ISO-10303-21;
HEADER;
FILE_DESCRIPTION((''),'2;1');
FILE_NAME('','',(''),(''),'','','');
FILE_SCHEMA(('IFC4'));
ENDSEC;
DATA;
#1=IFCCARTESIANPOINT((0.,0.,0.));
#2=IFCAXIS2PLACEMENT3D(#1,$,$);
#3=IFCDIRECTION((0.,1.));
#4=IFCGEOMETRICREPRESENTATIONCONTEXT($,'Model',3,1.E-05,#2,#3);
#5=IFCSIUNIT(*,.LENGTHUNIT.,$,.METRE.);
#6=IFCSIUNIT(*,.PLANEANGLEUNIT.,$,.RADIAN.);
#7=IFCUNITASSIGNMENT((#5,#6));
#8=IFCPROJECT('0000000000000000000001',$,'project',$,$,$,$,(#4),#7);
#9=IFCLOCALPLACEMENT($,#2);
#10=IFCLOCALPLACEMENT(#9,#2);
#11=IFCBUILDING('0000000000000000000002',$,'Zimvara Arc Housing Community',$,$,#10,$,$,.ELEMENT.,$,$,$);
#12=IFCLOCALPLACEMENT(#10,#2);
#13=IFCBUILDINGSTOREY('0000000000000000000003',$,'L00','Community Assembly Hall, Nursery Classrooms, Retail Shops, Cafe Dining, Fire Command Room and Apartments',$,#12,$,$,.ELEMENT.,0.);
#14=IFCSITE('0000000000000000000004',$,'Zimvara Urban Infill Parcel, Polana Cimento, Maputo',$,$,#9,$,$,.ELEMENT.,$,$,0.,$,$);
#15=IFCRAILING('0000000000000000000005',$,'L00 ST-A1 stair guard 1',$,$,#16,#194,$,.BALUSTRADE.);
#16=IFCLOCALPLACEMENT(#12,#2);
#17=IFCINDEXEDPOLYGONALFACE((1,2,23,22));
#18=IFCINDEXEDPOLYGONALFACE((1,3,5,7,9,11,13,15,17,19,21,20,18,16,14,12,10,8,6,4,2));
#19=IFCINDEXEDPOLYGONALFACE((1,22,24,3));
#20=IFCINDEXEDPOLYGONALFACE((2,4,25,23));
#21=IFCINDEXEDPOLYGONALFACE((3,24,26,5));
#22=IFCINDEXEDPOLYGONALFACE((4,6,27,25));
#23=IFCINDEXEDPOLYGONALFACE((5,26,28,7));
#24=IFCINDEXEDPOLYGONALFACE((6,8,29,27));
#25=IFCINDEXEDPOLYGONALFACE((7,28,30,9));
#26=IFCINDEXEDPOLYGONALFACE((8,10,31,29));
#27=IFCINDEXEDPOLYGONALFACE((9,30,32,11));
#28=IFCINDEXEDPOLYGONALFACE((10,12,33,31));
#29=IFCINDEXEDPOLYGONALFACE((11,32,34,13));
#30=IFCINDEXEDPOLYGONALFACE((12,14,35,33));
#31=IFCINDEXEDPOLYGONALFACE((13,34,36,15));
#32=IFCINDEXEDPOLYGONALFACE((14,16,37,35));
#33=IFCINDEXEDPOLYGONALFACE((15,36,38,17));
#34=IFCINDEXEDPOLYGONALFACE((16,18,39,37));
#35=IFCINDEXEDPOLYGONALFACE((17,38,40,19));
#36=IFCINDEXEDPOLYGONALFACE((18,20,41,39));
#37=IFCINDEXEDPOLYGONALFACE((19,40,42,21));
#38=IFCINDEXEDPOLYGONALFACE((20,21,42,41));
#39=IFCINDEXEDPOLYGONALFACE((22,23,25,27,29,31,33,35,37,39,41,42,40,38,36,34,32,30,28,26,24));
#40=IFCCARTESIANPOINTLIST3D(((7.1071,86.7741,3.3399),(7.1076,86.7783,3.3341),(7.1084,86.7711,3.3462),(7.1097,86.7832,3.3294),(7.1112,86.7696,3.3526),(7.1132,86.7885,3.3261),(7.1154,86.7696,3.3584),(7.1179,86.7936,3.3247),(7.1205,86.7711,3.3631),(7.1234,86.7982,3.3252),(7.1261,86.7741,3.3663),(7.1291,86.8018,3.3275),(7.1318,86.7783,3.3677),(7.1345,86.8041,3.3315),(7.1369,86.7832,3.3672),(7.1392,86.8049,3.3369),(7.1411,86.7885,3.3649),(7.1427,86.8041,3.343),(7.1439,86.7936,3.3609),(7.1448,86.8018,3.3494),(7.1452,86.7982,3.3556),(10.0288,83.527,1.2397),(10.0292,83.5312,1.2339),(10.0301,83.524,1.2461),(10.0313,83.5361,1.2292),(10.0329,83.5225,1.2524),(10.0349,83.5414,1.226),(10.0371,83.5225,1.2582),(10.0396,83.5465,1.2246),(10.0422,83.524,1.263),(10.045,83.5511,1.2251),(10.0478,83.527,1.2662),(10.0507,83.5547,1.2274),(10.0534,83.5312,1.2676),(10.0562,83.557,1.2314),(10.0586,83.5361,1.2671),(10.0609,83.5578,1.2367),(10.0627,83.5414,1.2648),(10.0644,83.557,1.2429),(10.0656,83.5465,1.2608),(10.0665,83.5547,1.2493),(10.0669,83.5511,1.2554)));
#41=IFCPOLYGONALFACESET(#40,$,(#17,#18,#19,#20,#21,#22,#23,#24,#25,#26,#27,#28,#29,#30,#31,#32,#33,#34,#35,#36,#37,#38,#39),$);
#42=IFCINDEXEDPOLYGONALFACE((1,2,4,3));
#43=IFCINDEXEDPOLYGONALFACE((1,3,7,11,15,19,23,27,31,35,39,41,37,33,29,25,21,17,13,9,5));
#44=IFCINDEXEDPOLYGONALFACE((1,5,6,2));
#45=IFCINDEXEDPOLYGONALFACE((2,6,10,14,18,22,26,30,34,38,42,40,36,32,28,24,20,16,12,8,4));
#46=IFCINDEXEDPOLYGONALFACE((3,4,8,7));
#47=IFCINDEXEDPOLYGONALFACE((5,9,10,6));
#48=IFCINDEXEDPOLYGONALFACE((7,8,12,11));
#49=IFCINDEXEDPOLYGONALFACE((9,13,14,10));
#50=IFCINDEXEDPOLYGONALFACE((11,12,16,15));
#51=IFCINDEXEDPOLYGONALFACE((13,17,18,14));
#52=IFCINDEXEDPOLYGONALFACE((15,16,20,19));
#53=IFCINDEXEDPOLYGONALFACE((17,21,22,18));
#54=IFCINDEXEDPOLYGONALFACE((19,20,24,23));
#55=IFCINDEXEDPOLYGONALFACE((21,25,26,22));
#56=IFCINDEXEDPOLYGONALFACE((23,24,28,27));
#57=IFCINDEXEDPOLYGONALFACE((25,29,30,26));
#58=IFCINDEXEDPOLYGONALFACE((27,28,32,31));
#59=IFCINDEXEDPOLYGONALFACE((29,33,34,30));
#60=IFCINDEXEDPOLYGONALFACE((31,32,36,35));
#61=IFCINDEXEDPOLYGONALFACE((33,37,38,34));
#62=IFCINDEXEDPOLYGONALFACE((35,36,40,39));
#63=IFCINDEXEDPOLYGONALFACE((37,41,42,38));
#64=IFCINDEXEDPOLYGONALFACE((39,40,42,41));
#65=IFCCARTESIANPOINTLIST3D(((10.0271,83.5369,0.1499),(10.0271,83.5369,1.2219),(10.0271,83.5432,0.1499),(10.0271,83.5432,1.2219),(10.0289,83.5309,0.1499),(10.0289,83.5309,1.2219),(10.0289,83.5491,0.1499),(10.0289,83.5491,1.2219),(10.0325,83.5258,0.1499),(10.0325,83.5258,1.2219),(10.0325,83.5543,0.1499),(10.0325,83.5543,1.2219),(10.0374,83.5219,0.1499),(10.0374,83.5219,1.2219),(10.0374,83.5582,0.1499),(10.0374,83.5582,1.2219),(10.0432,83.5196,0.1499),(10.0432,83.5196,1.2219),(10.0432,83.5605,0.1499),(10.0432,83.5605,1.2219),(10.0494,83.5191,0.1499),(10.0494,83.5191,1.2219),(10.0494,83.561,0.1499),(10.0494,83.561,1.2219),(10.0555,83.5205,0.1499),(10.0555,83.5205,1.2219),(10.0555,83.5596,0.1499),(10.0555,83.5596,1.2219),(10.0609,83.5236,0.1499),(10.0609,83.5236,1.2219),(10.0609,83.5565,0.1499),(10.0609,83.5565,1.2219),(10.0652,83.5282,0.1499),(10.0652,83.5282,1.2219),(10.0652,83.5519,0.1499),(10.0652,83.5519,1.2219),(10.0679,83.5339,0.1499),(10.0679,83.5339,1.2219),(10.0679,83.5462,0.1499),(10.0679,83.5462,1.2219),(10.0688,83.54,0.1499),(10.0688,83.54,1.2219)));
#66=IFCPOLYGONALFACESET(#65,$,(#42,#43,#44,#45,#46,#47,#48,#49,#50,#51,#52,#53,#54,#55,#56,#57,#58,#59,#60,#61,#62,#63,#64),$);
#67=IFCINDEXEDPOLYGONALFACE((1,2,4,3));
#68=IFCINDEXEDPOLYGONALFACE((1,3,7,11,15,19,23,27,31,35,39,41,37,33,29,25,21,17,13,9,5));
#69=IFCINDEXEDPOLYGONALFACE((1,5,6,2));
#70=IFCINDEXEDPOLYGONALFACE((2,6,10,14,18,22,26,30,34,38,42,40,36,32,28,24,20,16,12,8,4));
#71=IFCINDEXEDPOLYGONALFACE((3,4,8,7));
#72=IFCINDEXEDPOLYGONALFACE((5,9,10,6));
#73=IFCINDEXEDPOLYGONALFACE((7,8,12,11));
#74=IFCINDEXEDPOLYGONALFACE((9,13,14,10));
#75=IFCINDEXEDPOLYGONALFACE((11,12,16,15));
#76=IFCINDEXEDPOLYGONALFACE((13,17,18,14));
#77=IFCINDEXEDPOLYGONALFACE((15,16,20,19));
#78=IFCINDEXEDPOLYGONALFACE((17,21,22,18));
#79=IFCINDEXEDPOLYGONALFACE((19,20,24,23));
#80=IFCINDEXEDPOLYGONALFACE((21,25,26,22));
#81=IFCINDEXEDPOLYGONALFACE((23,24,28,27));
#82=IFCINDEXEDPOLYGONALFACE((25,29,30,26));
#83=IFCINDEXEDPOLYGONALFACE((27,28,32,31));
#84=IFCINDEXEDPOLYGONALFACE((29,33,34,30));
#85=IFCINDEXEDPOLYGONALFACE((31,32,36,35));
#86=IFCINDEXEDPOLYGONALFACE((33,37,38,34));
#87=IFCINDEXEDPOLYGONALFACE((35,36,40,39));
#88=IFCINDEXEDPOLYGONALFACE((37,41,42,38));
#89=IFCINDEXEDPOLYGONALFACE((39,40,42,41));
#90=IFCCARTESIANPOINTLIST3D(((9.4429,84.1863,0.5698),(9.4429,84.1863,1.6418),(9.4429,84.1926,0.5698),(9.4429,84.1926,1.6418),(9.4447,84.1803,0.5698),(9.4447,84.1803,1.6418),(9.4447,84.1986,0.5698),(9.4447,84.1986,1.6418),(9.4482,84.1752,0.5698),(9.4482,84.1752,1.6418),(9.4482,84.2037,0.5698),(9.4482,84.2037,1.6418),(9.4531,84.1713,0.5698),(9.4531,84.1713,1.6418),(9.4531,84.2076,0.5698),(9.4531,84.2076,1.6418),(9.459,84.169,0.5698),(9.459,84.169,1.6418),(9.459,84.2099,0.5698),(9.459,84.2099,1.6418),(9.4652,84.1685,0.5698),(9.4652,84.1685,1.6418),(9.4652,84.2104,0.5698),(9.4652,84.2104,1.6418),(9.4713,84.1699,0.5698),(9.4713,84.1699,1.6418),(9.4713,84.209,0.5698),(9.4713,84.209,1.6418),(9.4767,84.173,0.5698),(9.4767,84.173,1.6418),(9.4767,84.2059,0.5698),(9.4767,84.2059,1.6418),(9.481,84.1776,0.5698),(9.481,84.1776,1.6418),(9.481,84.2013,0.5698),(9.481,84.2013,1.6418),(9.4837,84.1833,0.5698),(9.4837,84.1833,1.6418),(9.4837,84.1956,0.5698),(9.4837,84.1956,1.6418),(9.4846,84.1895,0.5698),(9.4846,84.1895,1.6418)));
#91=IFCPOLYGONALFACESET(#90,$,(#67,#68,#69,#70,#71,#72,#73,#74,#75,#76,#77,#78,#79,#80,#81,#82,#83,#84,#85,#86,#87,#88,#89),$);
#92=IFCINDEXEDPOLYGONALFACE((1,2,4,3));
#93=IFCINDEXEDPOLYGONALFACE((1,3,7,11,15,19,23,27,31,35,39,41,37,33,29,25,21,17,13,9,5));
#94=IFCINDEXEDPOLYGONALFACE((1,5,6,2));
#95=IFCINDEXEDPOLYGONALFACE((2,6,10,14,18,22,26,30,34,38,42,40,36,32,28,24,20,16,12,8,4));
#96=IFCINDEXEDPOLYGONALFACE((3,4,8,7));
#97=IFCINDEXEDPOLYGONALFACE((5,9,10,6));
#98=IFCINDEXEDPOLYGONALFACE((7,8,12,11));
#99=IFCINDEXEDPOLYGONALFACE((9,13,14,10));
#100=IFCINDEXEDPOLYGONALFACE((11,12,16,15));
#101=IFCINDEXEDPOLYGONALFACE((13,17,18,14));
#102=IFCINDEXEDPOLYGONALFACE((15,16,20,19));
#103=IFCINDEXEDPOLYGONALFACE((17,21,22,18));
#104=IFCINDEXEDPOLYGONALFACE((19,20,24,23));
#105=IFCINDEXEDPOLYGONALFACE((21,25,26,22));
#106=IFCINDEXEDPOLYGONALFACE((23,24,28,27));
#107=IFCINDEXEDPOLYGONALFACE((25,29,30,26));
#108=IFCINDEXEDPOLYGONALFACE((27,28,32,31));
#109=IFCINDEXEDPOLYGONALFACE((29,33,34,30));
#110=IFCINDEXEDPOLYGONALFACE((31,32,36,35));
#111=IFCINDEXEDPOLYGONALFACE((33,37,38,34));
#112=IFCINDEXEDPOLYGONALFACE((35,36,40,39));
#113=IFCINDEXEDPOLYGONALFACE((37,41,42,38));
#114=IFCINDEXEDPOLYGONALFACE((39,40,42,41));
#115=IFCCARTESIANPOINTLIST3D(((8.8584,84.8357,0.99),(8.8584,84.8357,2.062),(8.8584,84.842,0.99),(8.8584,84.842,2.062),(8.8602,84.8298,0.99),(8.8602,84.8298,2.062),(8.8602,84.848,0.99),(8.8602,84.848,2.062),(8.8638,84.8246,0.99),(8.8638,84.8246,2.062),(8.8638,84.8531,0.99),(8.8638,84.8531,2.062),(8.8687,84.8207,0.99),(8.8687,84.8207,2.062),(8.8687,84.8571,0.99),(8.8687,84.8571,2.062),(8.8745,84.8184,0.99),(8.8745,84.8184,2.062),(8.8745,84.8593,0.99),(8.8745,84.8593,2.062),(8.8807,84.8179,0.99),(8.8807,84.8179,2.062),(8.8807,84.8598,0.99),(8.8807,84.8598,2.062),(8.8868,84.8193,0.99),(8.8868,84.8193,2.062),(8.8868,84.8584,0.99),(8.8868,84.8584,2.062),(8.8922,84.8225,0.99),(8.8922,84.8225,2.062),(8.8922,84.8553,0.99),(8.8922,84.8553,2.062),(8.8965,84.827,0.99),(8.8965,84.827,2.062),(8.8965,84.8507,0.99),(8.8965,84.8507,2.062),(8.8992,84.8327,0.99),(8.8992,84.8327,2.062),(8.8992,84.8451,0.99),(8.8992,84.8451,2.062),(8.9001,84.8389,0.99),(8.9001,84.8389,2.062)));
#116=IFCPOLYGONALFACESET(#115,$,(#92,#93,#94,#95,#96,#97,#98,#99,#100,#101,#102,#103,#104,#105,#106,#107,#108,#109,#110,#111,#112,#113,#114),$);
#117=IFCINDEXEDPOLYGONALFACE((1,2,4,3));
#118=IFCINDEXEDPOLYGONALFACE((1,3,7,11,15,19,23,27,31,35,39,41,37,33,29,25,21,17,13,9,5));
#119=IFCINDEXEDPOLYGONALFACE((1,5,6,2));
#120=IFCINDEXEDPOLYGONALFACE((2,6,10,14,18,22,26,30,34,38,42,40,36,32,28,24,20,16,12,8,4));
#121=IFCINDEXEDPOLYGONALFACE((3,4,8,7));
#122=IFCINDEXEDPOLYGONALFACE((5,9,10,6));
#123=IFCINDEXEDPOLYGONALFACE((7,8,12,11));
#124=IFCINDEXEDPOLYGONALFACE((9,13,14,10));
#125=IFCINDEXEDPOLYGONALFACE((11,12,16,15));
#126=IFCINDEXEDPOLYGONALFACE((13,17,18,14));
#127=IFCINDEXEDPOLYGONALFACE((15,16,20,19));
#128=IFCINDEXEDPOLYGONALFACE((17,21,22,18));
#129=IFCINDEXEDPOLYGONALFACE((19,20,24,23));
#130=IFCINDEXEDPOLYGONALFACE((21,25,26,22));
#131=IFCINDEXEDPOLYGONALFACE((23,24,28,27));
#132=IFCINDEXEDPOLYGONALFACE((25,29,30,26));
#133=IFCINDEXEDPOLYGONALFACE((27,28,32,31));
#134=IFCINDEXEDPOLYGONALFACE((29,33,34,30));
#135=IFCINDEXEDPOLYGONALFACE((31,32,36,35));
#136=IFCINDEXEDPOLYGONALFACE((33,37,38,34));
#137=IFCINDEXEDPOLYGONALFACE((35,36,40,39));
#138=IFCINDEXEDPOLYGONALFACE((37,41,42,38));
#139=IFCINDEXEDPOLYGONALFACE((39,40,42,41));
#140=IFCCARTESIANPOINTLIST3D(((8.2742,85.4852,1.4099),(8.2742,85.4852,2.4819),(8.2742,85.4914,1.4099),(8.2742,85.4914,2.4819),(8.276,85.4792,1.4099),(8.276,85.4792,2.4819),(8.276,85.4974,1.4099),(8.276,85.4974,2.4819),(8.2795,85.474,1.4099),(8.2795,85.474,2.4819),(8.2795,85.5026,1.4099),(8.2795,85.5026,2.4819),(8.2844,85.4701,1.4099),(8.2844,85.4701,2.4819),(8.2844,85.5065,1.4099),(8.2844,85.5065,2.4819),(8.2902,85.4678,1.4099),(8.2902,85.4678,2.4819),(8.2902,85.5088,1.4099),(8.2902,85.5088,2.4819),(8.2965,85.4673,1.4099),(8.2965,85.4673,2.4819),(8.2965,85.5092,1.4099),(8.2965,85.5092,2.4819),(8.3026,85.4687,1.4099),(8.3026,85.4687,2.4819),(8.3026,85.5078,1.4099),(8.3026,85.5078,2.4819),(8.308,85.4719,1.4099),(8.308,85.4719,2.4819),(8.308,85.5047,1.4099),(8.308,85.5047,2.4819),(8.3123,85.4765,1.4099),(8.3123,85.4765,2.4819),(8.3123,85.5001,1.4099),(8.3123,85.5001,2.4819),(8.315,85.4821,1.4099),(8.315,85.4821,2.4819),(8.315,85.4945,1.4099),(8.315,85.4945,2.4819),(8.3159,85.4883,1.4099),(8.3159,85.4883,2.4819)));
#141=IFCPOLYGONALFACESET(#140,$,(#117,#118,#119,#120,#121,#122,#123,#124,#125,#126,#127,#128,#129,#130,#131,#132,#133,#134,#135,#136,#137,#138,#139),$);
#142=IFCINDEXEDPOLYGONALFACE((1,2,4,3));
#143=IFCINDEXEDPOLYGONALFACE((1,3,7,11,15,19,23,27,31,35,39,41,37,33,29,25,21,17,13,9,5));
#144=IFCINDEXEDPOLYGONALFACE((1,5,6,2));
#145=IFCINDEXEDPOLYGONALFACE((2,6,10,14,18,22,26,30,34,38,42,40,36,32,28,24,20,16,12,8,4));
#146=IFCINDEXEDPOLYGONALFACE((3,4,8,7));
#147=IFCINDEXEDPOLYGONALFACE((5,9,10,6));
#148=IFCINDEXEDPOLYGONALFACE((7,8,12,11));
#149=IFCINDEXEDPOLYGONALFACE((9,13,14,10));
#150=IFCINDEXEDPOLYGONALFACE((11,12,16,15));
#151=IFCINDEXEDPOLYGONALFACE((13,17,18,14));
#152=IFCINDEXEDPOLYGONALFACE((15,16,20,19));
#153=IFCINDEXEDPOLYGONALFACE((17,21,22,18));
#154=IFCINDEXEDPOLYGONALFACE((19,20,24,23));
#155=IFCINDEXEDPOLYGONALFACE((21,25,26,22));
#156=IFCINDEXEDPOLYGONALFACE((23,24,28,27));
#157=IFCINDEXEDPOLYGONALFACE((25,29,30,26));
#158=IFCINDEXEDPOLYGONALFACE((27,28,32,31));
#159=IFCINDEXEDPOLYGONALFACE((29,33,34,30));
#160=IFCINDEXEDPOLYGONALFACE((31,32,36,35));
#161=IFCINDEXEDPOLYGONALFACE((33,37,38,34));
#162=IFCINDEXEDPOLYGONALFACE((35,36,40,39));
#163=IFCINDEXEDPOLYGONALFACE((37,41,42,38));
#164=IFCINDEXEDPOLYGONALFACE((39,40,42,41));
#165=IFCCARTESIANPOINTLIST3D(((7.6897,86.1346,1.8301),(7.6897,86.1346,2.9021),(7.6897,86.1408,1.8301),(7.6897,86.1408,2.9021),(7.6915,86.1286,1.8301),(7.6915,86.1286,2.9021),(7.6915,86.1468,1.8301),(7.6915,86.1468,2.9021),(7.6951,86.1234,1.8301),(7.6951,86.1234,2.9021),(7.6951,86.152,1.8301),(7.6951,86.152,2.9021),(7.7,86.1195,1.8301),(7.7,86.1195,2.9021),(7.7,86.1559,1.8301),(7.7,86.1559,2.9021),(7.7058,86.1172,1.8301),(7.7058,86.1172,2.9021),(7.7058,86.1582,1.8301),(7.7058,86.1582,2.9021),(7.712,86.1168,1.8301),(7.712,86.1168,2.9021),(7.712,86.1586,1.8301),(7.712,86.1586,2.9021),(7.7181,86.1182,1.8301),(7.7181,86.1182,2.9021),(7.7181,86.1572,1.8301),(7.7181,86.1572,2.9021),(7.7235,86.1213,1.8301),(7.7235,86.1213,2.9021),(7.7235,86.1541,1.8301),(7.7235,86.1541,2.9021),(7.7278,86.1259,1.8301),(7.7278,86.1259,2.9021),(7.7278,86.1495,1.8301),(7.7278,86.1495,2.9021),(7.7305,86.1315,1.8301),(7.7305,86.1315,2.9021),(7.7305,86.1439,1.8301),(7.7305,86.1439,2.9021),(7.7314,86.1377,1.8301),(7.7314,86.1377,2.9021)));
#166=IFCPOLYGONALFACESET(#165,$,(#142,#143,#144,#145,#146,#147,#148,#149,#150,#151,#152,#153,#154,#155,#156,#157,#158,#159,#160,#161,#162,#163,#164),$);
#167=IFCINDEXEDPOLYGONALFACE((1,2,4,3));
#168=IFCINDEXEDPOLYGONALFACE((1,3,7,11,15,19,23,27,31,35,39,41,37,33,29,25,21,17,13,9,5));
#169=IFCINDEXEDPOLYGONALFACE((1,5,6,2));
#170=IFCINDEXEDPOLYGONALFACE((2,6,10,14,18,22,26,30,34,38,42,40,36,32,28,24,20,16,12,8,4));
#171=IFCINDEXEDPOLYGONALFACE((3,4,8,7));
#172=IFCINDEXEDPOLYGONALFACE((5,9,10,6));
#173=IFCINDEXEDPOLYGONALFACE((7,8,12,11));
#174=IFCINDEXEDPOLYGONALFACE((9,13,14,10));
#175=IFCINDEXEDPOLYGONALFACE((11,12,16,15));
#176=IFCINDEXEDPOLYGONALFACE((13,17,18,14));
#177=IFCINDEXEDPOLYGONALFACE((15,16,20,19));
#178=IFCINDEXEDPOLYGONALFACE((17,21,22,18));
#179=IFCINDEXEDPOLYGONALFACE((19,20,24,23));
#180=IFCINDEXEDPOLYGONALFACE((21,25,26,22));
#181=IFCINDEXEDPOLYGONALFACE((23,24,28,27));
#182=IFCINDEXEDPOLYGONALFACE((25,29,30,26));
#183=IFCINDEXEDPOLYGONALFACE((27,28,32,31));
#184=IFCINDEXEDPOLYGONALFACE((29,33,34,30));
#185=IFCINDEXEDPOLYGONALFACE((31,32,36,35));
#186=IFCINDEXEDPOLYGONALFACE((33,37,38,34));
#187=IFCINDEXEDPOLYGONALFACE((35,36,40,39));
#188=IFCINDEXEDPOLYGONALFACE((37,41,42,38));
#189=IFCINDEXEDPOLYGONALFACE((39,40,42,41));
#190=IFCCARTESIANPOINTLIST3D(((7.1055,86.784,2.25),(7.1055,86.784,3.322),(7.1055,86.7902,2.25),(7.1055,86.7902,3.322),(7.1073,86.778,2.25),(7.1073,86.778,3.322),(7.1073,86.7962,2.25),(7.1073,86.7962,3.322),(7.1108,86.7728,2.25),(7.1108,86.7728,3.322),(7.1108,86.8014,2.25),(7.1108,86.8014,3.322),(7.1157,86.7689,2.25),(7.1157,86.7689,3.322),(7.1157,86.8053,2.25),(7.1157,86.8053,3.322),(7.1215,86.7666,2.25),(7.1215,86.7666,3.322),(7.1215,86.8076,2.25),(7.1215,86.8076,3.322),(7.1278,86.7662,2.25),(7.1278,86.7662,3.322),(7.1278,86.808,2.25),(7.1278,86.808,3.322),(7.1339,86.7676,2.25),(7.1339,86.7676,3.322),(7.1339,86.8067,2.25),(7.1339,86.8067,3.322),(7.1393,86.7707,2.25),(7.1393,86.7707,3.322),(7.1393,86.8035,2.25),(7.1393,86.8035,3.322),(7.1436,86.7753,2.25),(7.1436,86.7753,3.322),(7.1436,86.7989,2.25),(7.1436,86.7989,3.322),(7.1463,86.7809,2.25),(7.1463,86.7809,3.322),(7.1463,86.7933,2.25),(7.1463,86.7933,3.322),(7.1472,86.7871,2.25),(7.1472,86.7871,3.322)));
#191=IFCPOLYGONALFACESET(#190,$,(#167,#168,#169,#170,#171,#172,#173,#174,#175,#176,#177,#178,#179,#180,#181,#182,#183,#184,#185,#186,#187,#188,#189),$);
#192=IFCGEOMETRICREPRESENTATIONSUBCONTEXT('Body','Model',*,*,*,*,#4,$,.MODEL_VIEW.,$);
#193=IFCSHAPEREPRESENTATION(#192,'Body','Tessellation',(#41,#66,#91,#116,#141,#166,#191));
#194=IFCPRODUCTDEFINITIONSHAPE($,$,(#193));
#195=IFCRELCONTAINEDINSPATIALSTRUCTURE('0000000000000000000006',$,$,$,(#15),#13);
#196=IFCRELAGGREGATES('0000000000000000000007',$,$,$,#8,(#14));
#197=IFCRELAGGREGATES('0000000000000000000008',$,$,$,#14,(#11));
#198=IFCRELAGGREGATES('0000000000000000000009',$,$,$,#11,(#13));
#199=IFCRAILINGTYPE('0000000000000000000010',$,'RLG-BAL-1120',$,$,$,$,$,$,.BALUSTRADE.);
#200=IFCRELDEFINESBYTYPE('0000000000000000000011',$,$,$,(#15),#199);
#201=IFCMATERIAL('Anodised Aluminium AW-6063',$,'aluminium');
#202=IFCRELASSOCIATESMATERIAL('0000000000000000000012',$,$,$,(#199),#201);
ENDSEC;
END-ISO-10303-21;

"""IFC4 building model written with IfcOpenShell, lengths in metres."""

from ifc_helpers import new_model, si_unit, direction, frame, origin, origin_2d, place, context, subcontext, project, spatial, circle, extrude, material, type_object, element, save


model = new_model("IFC4")

# Units and contexts
model_context = context("Model", 3, precision=1e-05, world=origin(), true_north=direction((0.0, 1.0)))
body_context = subcontext(model_context, "Body", "Model", "MODEL_VIEW")
ifc_project = project(units=[si_unit("LENGTHUNIT", "METRE"), si_unit("PLANEANGLEUNIT", "RADIAN")], contexts=[model_context])

# Site, building, storey
site_placement = place(None, origin())
site = spatial("IfcSite", under=ifc_project, at=site_placement, Name="Zimvara Urban Infill Parcel, Polana Cimento, Maputo", CompositionType="ELEMENT", RefElevation=0.0)
building_placement = place(site_placement, origin())
building = spatial("IfcBuilding", under=site, at=building_placement, Name="Zimvara Arc Housing Community", CompositionType="ELEMENT")
storey_placement = place(building_placement, origin())
storey = spatial("IfcBuildingStorey", under=building, at=storey_placement, Name="L00", Description="Community Assembly Hall, Nursery Classrooms, Retail Shops, Cafe Dining, Fire Command Room and Apartments", CompositionType="ELEMENT", Elevation=0.0)

# Railing
ifc_material_1 = material(Name="Anodised Aluminium AW-6063", Category="aluminium")
railing_type_1 = type_object("IfcRailingType", Name="RLG-BAL-1120", PredefinedType="BALUSTRADE", material=ifc_material_1)
railing_1_placement = place(storey_placement, frame((10.0479, 83.54, 0.1499)))
element("IfcRailing", 1, at=railing_1_placement, inside=storey, type_object=railing_type_1, Name="L00 ST-A1 stair guard 1", PredefinedType="BALUSTRADE", context=body_context, shape_type="SweptSolid", body=[
    extrude(circle(Radius=0.0239, at=origin_2d()), frame((0.0, 0.0, 1.0962), z_axis=(-0.602817, 0.669965, 0.433311), x_axis=(-0.743378, -0.668872, 0.0)), (0.0, 0.0, 1.0), 4.8467),
    extrude(circle(Radius=0.021, at=origin_2d()), origin(), (0.0, 0.0, 1.0), 1.072),
    extrude(circle(Radius=0.021, at=origin_2d()), frame((-0.5842, 0.6494, 0.4199)), (0.0, 0.0, 1.0), 1.072),
    extrude(circle(Radius=0.021, at=origin_2d()), frame((-1.1687, 1.2988, 0.8401)), (0.0, 0.0, 1.0), 1.072),
    extrude(circle(Radius=0.021, at=origin_2d()), frame((-1.7529, 1.9482, 1.26)), (0.0, 0.0, 1.0), 1.072),
    extrude(circle(Radius=0.021, at=origin_2d()), frame((-2.3374, 2.5977, 1.6802)), (0.0, 0.0, 1.0), 1.072),
    extrude(circle(Radius=0.021, at=origin_2d()), frame((-2.9216, 3.2471, 2.1001)), (0.0, 0.0, 1.0), 1.072),
])

save(model, "model.ifc")
